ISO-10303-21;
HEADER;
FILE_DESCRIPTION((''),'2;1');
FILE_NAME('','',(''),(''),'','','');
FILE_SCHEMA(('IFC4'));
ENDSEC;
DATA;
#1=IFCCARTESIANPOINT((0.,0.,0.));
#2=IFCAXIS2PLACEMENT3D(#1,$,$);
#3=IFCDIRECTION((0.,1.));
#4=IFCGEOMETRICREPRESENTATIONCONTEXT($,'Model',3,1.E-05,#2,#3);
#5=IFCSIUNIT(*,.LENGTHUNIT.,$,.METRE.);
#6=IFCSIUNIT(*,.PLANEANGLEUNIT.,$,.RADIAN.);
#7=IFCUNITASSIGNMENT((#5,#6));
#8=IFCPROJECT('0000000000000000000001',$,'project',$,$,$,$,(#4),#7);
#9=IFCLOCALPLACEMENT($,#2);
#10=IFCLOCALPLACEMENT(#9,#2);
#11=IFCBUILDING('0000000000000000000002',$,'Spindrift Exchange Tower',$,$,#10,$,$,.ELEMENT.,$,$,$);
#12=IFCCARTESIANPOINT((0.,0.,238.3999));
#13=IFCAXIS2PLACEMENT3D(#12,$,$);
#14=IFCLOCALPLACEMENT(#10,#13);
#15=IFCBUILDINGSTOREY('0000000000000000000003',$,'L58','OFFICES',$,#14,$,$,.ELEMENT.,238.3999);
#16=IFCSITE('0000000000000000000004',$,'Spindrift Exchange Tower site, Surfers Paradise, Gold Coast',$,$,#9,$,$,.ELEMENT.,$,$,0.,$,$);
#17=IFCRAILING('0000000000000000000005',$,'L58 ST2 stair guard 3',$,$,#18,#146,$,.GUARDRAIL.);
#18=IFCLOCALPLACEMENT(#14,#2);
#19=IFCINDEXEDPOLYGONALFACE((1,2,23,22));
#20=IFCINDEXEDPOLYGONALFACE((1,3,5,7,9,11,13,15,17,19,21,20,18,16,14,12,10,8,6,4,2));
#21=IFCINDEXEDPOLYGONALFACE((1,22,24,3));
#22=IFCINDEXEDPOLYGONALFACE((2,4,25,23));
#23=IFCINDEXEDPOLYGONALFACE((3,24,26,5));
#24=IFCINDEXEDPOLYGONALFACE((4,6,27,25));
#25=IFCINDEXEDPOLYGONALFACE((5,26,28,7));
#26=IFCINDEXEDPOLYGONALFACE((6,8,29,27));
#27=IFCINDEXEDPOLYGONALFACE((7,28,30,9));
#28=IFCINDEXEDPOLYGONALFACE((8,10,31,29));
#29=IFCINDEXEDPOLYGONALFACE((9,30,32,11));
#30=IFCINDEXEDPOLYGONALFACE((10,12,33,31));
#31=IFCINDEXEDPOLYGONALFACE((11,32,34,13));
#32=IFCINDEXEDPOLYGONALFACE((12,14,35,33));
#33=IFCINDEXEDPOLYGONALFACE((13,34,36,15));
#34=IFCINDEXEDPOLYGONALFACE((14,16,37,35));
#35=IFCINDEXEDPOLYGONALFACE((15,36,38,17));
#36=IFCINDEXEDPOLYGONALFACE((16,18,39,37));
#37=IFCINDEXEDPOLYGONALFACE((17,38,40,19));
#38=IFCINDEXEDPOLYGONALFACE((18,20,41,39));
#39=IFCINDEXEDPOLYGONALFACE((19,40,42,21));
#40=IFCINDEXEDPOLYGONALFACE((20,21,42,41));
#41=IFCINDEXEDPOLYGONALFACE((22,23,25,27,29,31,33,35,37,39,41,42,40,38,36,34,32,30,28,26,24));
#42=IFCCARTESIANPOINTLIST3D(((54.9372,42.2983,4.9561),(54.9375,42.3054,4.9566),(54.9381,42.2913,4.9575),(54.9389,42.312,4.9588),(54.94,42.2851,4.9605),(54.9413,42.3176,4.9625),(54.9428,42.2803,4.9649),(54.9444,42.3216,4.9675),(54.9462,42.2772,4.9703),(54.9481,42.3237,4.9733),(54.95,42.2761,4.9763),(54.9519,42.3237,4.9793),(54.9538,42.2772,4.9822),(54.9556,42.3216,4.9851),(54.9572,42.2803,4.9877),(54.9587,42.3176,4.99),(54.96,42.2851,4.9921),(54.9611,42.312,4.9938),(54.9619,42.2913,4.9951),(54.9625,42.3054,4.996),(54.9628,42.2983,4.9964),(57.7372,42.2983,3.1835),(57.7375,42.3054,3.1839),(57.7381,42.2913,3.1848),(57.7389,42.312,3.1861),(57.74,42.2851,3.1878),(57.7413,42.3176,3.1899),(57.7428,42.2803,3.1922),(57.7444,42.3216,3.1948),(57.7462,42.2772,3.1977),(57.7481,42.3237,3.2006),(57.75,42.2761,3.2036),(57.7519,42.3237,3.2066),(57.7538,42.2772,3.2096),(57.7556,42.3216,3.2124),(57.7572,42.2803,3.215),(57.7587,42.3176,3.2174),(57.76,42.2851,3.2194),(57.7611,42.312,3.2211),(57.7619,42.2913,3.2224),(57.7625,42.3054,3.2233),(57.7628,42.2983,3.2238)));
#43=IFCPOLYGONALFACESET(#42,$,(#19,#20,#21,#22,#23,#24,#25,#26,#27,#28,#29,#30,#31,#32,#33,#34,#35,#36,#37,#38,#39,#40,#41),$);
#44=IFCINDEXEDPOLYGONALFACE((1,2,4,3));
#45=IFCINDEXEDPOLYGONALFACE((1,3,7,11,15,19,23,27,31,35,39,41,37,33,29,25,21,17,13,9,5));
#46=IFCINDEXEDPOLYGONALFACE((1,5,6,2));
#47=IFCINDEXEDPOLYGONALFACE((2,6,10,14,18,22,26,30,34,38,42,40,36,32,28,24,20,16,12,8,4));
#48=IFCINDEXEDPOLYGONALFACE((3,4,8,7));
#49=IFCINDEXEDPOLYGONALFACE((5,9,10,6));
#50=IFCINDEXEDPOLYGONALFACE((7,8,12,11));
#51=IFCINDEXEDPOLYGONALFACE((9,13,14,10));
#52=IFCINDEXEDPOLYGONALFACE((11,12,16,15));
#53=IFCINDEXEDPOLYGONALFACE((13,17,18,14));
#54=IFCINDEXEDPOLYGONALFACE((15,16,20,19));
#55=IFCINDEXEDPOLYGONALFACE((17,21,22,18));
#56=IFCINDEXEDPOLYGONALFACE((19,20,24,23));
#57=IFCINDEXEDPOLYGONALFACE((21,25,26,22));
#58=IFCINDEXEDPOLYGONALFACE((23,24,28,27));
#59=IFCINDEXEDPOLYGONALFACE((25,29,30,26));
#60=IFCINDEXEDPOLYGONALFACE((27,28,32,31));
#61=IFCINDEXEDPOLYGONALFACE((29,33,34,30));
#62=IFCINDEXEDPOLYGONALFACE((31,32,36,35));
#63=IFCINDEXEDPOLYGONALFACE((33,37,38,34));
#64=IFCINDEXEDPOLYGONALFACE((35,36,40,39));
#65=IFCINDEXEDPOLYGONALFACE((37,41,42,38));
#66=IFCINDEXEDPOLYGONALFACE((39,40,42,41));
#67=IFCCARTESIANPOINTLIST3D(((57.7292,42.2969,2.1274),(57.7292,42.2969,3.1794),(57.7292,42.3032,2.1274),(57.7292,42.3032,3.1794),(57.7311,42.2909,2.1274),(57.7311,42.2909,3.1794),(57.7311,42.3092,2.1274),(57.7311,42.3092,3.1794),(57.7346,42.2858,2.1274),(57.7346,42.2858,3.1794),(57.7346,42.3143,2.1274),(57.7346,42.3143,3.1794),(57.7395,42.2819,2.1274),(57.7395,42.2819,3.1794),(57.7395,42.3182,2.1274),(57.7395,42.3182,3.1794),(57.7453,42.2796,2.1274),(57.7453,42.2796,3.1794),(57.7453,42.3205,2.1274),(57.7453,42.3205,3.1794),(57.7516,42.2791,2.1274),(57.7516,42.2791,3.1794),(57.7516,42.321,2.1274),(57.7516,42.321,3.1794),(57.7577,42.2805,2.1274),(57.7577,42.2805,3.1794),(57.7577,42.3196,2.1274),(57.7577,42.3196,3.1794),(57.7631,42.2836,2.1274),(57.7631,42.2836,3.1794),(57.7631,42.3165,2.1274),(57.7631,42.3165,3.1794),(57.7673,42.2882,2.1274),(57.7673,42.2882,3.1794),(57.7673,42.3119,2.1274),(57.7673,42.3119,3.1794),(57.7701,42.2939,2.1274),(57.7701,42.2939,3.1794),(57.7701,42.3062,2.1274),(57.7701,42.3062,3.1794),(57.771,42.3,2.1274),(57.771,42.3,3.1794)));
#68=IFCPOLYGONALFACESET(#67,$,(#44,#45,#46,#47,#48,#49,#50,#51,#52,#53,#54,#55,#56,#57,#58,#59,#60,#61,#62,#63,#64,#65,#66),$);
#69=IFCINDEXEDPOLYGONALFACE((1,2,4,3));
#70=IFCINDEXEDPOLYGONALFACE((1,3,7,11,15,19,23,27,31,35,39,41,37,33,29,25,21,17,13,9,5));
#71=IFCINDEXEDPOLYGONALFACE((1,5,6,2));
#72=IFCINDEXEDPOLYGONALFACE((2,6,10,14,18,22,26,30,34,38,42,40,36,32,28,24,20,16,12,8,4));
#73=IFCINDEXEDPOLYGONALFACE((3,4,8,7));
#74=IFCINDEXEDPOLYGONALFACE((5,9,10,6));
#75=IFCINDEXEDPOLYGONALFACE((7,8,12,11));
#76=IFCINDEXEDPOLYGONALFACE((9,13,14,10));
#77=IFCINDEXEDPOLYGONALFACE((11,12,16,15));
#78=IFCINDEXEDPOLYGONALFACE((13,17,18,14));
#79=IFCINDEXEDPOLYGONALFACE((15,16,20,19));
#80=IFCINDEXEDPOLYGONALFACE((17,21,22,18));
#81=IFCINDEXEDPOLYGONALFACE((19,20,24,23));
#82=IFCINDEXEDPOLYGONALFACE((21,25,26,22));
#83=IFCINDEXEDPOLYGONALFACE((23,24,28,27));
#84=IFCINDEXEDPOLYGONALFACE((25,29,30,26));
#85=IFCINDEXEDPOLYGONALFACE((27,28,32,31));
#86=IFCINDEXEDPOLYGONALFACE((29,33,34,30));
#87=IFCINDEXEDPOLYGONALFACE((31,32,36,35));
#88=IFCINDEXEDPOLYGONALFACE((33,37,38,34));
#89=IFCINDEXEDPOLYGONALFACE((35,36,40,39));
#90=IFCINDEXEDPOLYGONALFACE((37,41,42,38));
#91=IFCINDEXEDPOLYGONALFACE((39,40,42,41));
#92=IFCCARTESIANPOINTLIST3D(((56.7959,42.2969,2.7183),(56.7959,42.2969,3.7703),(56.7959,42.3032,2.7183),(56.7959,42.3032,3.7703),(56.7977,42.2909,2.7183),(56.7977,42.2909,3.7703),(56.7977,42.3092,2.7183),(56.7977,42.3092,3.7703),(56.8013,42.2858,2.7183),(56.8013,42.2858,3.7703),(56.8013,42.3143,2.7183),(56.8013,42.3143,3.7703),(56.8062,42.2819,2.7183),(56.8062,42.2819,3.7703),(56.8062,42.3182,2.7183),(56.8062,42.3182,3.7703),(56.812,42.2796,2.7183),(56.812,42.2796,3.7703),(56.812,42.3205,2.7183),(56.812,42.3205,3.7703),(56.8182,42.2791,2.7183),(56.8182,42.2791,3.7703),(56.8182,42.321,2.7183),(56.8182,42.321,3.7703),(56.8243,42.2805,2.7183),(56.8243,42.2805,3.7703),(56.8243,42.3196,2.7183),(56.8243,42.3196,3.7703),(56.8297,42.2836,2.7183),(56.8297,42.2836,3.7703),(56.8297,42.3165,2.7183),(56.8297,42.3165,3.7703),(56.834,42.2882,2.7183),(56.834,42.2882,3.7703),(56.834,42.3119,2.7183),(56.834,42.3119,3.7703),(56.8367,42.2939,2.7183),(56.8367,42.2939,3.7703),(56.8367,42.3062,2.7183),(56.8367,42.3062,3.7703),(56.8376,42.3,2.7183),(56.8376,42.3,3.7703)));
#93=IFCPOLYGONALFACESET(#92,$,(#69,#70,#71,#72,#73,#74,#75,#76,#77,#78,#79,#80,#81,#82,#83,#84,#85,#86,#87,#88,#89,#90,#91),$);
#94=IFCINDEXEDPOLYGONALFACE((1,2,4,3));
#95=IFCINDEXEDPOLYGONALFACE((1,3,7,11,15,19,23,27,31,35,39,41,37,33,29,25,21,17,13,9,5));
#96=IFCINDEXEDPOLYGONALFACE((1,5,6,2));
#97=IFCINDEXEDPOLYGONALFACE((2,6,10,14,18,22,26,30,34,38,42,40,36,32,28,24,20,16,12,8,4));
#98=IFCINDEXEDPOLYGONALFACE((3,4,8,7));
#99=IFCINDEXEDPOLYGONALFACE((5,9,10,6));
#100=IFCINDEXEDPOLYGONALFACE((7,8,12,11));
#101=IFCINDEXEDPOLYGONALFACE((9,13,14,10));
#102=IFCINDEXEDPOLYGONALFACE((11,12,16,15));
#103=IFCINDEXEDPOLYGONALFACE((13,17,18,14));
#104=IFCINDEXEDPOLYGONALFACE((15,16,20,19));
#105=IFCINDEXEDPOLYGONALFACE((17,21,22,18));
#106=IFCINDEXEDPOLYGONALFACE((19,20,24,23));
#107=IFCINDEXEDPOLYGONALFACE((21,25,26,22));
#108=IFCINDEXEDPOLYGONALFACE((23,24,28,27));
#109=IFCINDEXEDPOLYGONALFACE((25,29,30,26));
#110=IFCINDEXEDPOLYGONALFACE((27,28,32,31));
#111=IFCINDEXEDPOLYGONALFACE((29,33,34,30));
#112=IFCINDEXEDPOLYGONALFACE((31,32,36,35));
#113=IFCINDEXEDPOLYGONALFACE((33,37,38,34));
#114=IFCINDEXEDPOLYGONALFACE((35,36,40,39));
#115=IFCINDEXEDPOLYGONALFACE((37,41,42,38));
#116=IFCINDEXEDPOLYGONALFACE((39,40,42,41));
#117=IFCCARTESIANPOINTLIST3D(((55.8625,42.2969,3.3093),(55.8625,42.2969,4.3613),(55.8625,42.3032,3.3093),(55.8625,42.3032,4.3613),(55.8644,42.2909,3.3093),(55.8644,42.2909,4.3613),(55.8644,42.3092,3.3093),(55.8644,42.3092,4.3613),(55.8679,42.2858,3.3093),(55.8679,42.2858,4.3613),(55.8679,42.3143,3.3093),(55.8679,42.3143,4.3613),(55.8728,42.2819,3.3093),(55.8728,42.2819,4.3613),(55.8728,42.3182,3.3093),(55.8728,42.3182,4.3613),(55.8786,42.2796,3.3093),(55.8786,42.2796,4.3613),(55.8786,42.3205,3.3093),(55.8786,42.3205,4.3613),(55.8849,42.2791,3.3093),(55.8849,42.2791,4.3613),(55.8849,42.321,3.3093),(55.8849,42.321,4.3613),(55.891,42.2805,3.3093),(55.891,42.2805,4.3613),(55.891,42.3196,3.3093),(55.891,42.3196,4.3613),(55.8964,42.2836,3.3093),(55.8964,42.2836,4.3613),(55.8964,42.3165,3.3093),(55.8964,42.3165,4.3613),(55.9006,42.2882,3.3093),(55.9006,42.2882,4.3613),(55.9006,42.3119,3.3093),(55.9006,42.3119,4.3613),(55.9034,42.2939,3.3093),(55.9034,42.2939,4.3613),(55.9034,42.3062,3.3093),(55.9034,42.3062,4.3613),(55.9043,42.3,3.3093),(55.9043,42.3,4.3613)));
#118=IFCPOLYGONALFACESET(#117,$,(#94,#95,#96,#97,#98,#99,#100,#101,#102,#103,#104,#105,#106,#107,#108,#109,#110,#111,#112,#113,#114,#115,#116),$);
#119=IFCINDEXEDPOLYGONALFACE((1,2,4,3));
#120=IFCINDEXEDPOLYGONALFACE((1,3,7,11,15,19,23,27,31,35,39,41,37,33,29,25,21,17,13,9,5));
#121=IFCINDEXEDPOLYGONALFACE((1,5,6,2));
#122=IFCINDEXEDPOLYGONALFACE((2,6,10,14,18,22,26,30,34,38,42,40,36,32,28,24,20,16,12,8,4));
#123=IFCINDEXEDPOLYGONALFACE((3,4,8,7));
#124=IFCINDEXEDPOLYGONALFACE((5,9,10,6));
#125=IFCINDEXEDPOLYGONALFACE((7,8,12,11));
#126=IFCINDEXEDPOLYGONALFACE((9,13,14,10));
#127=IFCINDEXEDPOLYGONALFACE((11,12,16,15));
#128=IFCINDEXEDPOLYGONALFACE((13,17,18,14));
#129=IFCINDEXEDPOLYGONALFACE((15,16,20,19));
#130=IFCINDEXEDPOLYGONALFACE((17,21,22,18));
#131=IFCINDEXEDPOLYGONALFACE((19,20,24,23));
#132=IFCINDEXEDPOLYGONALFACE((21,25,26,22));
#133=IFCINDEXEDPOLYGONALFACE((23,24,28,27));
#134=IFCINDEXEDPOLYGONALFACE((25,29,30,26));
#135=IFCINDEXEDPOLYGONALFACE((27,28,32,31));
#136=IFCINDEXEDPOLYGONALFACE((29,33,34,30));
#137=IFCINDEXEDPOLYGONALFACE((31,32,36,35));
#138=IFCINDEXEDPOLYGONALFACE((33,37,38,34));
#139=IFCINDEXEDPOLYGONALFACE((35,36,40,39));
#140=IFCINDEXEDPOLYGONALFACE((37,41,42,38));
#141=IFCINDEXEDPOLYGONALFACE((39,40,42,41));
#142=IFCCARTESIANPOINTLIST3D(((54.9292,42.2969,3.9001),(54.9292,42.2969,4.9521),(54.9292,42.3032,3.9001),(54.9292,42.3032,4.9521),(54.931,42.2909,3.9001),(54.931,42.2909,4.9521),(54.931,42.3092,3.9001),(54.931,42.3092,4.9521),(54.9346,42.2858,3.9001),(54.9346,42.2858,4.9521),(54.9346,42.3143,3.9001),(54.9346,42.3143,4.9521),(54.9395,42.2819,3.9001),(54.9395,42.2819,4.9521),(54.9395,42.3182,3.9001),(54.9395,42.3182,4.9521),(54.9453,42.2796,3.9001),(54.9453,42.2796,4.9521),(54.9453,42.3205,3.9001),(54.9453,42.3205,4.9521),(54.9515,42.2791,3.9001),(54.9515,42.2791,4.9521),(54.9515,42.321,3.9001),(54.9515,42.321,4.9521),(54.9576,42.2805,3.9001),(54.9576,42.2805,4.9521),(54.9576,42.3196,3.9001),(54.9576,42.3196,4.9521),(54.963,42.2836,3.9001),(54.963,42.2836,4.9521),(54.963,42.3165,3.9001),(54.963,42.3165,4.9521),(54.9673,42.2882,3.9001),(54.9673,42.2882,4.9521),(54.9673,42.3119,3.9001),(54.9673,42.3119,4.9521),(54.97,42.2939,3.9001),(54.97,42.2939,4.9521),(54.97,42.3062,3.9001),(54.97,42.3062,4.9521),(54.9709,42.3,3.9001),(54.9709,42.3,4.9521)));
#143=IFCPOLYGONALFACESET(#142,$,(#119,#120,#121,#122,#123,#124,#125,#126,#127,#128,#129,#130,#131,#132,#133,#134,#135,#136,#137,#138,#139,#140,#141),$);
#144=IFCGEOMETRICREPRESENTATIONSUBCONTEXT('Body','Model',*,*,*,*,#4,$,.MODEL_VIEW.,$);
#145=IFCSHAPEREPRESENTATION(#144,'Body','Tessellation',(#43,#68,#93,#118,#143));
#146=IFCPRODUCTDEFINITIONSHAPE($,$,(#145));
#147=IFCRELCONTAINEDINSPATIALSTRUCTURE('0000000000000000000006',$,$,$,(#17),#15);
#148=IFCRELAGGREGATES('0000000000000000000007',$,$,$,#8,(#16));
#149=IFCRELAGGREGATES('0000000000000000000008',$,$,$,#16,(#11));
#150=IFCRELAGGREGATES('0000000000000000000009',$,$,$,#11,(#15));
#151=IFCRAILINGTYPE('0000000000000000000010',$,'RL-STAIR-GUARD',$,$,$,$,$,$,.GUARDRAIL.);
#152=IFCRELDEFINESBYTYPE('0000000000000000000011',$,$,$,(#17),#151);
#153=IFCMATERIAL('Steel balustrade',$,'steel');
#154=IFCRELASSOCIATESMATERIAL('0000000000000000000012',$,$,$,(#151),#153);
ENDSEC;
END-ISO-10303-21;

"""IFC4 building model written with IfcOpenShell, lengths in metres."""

from ifc_helpers import new_model, si_unit, direction, frame, origin, origin_2d, place, context, subcontext, project, spatial, circle, extrude, material, type_object, element, save


model = new_model("IFC4")

# Units and contexts
model_context = context("Model", 3, precision=1e-05, world=origin(), true_north=direction((0.0, 1.0)))
body_context = subcontext(model_context, "Body", "Model", "MODEL_VIEW")
ifc_project = project(units=[si_unit("LENGTHUNIT", "METRE"), si_unit("PLANEANGLEUNIT", "RADIAN")], contexts=[model_context])

# Site, building, storey
site_placement = place(None, origin())
site = spatial("IfcSite", under=ifc_project, at=site_placement, Name="Spindrift Exchange Tower site, Surfers Paradise, Gold Coast", CompositionType="ELEMENT", RefElevation=0.0)
building_placement = place(site_placement, origin())
building = spatial("IfcBuilding", under=site, at=building_placement, Name="Spindrift Exchange Tower", CompositionType="ELEMENT")
storey_placement = place(building_placement, frame((0.0, 0.0, 238.3999)))
storey = spatial("IfcBuildingStorey", under=building, at=storey_placement, Name="L58", Description="OFFICES", CompositionType="ELEMENT", Elevation=238.3999)

# Railing
ifc_material_1 = material(Name="Steel balustrade", Category="steel")
railing_type = type_object("IfcRailingType", Name="RL-STAIR-GUARD", PredefinedType="GUARDRAIL", material=ifc_material_1)
railing_1_placement = place(storey_placement, frame((57.75, 42.3, 2.1274)))
element("IfcRailing", 1, at=railing_1_placement, inside=storey, type_object=railing_type, Name="L58 ST2 stair guard 3", PredefinedType="GUARDRAIL", context=body_context, shape_type="SweptSolid", body=[
    extrude(circle(Radius=0.0239, at=origin_2d()), frame((0.0, 0.0, 1.0762), z_axis=(-0.844909, 0.0, 0.53491), x_axis=(0.0, -1.0, 0.0)), (0.0, 0.0, 1.0), 3.314),
    extrude(circle(Radius=0.021, at=origin_2d()), origin(), (0.0, 0.0, 1.0), 1.052),
    extrude(circle(Radius=0.021, at=origin_2d()), frame((-0.9333, 0.0, 0.5908)), (0.0, 0.0, 1.0), 1.052),
    extrude(circle(Radius=0.021, at=origin_2d()), frame((-1.8667, 0.0, 1.1819)), (0.0, 0.0, 1.0), 1.052),
    extrude(circle(Radius=0.021, at=origin_2d()), frame((-2.8, 0.0, 1.7727)), (0.0, 0.0, 1.0), 1.052),
])

save(model, "model.ifc")
